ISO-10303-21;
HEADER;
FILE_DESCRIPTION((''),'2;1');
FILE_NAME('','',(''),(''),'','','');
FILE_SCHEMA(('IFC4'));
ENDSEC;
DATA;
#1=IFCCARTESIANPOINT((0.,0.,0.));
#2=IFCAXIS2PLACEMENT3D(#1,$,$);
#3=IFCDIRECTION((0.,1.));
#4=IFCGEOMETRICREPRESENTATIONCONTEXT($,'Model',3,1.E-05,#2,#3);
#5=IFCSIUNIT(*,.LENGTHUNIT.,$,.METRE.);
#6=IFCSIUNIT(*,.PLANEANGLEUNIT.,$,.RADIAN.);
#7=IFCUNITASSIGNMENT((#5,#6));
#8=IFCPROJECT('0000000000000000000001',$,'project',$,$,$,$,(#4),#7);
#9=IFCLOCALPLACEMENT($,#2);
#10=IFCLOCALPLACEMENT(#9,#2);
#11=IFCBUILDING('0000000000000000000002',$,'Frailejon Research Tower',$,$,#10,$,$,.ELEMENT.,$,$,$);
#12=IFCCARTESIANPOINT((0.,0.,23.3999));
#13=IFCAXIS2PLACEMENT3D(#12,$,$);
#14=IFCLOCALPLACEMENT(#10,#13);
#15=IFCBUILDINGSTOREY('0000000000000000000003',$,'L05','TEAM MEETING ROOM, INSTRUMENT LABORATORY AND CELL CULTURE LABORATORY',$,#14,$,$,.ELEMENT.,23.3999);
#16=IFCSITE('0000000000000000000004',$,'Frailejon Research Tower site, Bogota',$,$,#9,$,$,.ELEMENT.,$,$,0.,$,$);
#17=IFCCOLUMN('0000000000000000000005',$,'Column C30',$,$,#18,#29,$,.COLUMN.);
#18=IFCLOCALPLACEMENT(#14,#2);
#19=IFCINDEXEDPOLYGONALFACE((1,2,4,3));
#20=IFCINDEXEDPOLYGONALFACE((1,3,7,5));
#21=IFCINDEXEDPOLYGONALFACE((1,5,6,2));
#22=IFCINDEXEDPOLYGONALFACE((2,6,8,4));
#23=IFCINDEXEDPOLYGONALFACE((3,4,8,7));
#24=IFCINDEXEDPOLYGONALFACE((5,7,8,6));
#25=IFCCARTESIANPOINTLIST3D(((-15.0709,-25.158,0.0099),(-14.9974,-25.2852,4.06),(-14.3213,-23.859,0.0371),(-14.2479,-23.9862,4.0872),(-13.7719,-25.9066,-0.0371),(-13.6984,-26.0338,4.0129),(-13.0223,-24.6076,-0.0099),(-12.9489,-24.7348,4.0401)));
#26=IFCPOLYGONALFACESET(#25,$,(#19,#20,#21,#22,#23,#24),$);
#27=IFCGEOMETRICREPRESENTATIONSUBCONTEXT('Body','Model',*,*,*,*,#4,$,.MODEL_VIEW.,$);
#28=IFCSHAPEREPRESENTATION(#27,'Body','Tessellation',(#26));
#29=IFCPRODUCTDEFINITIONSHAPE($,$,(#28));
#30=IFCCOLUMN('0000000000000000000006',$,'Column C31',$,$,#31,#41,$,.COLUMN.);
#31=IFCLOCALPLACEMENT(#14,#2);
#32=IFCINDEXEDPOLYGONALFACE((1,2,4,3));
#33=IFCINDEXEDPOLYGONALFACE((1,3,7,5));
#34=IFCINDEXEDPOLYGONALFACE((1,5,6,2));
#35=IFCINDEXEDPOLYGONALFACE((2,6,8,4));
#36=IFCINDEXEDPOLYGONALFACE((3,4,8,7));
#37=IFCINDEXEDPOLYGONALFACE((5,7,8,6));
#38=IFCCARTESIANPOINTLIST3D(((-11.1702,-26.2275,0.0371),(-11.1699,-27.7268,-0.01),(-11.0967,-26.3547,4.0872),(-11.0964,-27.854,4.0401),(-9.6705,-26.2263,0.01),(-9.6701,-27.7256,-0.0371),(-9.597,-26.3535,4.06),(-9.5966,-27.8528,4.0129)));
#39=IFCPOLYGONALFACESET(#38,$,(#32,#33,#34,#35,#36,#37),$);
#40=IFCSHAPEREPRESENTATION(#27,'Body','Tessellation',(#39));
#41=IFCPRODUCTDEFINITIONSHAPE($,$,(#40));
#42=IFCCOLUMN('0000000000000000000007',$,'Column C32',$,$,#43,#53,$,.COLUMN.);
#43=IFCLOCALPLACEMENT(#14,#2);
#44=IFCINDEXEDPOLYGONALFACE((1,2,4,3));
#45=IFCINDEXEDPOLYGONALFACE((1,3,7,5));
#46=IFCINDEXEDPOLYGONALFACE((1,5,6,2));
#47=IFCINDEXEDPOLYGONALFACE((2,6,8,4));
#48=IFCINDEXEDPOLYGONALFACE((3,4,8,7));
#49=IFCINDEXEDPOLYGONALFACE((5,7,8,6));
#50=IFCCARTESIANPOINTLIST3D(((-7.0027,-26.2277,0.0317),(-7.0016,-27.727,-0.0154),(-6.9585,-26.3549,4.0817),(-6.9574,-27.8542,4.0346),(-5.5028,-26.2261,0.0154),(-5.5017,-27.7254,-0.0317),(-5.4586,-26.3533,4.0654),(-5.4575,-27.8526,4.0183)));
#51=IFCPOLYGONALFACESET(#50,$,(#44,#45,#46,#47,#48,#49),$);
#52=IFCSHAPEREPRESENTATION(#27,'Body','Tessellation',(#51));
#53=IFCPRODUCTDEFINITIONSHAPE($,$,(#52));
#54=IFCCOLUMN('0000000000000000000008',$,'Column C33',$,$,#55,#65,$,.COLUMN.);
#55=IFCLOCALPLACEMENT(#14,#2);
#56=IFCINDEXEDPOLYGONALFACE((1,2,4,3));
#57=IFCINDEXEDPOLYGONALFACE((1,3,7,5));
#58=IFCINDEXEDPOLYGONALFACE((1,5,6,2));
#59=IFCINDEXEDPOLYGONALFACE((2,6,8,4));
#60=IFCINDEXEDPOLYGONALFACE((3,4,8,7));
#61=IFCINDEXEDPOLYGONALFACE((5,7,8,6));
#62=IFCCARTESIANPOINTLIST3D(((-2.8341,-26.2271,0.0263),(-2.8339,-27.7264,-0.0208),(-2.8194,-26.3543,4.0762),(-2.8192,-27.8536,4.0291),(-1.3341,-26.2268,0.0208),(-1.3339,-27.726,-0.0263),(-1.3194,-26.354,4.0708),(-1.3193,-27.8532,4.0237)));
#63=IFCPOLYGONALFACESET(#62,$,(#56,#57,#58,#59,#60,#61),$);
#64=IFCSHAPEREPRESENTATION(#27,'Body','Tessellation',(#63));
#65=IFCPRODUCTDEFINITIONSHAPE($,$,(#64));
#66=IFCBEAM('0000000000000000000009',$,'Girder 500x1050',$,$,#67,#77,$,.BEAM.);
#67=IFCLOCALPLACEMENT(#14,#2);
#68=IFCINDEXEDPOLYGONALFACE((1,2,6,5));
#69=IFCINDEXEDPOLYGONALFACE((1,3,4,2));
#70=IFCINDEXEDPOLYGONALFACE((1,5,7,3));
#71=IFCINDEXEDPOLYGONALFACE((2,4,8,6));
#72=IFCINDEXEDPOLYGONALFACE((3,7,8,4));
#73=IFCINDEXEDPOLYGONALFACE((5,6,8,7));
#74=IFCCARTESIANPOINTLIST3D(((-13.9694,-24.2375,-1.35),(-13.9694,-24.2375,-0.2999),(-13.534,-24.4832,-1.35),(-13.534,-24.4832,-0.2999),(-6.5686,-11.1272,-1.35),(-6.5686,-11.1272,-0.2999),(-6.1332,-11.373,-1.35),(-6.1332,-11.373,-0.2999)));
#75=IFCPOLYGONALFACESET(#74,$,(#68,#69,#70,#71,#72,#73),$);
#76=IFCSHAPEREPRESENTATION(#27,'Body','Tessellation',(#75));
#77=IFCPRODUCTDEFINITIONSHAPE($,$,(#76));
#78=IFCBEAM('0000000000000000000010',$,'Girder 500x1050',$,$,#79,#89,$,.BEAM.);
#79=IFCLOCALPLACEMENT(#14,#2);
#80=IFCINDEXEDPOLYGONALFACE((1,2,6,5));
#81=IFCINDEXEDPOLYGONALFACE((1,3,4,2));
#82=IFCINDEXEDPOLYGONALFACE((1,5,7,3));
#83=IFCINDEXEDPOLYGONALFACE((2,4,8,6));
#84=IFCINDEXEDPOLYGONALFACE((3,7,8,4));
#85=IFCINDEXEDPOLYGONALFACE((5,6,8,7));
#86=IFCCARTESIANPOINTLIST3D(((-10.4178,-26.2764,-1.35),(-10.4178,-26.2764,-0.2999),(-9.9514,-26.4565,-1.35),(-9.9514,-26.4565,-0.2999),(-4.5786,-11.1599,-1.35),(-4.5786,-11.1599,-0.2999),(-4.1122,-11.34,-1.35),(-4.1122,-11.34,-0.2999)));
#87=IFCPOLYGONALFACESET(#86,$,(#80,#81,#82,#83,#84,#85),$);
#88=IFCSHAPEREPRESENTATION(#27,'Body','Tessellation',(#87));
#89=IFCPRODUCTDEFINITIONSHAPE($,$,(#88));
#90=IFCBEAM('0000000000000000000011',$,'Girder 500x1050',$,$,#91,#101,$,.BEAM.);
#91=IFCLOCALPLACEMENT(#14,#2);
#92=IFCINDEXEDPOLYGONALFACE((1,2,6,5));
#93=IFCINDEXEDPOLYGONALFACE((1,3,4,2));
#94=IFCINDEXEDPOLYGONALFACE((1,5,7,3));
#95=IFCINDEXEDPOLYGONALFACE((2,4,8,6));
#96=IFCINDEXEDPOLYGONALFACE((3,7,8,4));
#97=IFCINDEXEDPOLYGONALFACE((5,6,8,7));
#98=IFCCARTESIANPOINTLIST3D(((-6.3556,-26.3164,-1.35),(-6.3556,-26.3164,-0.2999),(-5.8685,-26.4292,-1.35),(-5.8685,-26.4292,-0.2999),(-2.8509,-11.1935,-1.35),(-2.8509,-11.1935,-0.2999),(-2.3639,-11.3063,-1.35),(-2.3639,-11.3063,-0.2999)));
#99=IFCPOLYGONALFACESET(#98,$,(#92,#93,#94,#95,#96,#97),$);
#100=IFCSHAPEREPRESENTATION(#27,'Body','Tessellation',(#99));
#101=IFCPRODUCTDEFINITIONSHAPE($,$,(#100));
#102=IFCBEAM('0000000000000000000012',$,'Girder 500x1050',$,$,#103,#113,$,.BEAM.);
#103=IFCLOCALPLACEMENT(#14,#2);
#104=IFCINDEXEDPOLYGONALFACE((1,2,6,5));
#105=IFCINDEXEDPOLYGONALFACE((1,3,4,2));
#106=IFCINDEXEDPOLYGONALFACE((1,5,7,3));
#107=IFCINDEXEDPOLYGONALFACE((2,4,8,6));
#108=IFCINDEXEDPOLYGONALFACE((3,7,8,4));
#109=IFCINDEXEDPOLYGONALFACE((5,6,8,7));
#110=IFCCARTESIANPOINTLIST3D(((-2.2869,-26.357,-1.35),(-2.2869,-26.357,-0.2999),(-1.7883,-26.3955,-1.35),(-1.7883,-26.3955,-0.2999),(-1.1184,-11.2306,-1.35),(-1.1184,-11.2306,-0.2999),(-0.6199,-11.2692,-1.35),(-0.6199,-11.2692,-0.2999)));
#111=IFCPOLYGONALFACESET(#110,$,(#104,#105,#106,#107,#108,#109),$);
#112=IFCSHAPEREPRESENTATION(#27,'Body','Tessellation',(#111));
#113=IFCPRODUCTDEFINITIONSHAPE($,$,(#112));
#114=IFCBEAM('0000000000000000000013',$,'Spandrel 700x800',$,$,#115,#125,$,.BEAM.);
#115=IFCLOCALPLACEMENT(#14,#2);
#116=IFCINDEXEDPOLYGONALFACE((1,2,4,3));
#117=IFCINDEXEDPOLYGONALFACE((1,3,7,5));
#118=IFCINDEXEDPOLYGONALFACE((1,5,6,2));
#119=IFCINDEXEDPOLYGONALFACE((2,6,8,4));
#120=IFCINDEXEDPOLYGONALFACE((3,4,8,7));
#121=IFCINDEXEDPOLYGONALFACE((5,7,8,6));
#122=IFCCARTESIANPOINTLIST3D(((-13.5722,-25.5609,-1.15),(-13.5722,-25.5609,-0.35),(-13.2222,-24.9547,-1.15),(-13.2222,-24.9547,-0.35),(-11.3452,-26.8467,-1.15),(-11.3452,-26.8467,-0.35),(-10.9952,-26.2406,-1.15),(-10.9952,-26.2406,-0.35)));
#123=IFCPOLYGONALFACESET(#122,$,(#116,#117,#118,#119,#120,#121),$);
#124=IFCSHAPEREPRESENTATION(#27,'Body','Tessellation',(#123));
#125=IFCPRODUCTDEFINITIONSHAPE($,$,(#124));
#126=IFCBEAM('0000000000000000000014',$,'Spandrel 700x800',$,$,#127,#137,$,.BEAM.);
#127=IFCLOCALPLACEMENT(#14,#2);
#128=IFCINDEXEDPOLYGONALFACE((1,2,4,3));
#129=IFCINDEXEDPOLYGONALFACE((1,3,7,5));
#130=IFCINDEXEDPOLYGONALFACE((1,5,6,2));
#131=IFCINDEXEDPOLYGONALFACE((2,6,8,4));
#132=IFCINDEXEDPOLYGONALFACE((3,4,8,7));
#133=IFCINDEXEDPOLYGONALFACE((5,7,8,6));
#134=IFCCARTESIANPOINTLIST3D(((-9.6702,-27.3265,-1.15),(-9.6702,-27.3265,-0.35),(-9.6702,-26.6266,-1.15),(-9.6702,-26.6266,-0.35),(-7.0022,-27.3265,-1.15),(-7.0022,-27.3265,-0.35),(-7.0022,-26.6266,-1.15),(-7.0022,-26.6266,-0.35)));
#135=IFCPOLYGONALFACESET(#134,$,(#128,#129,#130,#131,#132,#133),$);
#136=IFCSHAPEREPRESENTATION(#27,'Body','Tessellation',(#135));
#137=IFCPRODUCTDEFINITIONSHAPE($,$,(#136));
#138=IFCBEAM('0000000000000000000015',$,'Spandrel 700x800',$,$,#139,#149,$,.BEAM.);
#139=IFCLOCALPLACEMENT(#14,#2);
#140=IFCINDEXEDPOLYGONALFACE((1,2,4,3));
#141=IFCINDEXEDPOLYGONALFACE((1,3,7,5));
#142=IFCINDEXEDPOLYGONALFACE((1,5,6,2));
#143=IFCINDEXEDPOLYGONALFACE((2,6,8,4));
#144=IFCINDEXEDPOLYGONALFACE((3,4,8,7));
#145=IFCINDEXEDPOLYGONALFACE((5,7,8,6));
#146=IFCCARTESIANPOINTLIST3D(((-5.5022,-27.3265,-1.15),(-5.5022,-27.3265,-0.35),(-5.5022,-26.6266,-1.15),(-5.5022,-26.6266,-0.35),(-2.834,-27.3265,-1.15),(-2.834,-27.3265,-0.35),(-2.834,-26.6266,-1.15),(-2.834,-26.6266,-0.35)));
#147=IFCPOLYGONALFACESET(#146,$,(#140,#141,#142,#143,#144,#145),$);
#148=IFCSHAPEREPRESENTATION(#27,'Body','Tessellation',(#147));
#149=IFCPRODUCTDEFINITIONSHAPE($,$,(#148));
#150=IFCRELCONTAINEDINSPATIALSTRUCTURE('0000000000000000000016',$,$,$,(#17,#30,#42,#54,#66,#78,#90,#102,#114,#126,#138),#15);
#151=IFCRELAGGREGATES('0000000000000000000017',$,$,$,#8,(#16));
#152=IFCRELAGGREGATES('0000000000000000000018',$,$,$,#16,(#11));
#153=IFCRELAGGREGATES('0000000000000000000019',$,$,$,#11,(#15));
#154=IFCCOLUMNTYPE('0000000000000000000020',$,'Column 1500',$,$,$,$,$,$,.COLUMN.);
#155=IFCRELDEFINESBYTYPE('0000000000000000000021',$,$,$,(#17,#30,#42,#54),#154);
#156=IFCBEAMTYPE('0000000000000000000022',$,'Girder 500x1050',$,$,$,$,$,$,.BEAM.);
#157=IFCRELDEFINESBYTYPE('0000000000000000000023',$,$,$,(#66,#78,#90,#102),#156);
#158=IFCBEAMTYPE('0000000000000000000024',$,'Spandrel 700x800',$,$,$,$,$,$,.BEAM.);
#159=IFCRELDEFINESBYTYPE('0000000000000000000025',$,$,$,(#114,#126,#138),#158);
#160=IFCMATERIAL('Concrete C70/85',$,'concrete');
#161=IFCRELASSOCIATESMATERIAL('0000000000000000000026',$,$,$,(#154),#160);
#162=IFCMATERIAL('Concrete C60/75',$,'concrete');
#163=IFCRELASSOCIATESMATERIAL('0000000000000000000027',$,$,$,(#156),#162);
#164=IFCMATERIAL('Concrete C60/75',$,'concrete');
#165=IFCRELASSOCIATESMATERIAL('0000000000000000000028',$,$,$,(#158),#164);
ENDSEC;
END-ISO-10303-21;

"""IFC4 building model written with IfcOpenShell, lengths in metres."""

from ifc_helpers import new_model, si_unit, direction, frame, origin, origin_2d, place, context, subcontext, project, spatial, rectangle, extrude, material, material_profile, profile_set, type_object, element, save


model = new_model("IFC4")

# Units and contexts
model_context = context("Model", 3, precision=1e-05, world=origin(), true_north=direction((0.0, 1.0)))
body_context = subcontext(model_context, "Body", "Model", "MODEL_VIEW")
ifc_project = project(units=[si_unit("LENGTHUNIT", "METRE"), si_unit("PLANEANGLEUNIT", "RADIAN")], contexts=[model_context])

# Site, building, storey
site_placement = place(None, origin())
site = spatial("IfcSite", under=ifc_project, at=site_placement, Name="Frailejon Research Tower site, Bogota", CompositionType="ELEMENT", RefElevation=0.0)
building_placement = place(site_placement, origin())
building = spatial("IfcBuilding", under=site, at=building_placement, Name="Frailejon Research Tower", CompositionType="ELEMENT")
storey_placement = place(building_placement, frame((0.0, 0.0, 23.3999)))
storey = spatial("IfcBuildingStorey", under=building, at=storey_placement, Name="L05", Description="TEAM MEETING ROOM, INSTRUMENT LABORATORY AND CELL CULTURE LABORATORY", CompositionType="ELEMENT", Elevation=23.3999)

# Columns
ifc_material_1 = material(Name="Concrete C70/85", Category="concrete")
ifc_material_profile_1 = material_profile(ifc_material_1, rectangle(XDim=1.5, YDim=1.5, at=origin_2d()), Name="Column 1500")
ifc_profile_set_1 = profile_set([ifc_material_profile_1], Name="Concrete C70/85")
column_type = type_object("IfcColumnType", Name="Column 1500", PredefinedType="COLUMN", material=ifc_profile_set_1)
for number, where, z_axis, x_axis, name in (
    (1, (-14.0466, -24.8828, 0.0), (0.018133, -0.031386, 0.999343), (0.865999, -0.499059, -0.031387), "Column C30"),
    (2, (-10.4202, -26.9766, 0.0), (0.018133, -0.031386, 0.999343), (0.999836, 0.000802, -0.018116), "Column C31"),
):
    element("IfcColumn", number, at=place(storey_placement, frame(where, z_axis=z_axis, x_axis=x_axis)), inside=storey, type_object=column_type, Name=name, PredefinedType="COLUMN", context=body_context, shape_type="SweptSolid", body=[
        extrude(rectangle(XDim=1.5, YDim=1.5, at=origin_2d()), origin(), (0.0, 0.0, 1.0), 4.0527),
    ])
column_1_placement = place(storey_placement, frame((-6.2522, -26.9766, 0.0), z_axis=(0.010905, -0.031389, 0.999448), x_axis=(0.99994, 0.001064, -0.010877)))
element("IfcColumn", 3, at=column_1_placement, inside=storey, type_object=column_type, Name="Column C32", PredefinedType="COLUMN", context=body_context, shape_type="SweptSolid", body=[
    extrude(rectangle(XDim=1.5, YDim=1.5, at=origin_2d()), origin(), (0.0, 0.0, 1.0), 4.0522),
])
column_2_placement = place(storey_placement, frame((-2.084, -26.9766, 0.0), z_axis=(0.003615, -0.031391, 0.999501), x_axis=(0.999993, 0.000225, -0.00361)))
element("IfcColumn", 4, at=column_2_placement, inside=storey, type_object=column_type, Name="Column C33", PredefinedType="COLUMN", context=body_context, shape_type="SweptSolid", body=[
    extrude(rectangle(XDim=1.5, YDim=1.5, at=origin_2d()), origin(), (0.0, 0.0, 1.0), 4.052),
])

# Beams
ifc_material_2 = material(Name="Concrete C60/75", Category="concrete")
ifc_material_profile_2 = material_profile(ifc_material_2, rectangle(XDim=0.5, YDim=1.05, at=origin_2d()), Name="Girder 500x1050")
ifc_profile_set_2 = profile_set([ifc_material_profile_2], Name="Concrete C60/75")
beam_type_1 = type_object("IfcBeamType", Name="Girder 500x1050", PredefinedType="BEAM", material=ifc_profile_set_2)
beam_1_placement = place(storey_placement, frame((-13.7517, -24.3604, -0.825), z_axis=(0.491588, 0.870828, 0.0), x_axis=(-0.870828, 0.491588, 0.0)))
element("IfcBeam", 5, at=beam_1_placement, inside=storey, type_object=beam_type_1, Name="Girder 500x1050", PredefinedType="BEAM", context=body_context, shape_type="SweptSolid", body=[
    extrude(rectangle(XDim=0.5, YDim=1.05, at=origin_2d()), origin(), (0.0, 0.0, 1.0), 15.0549),
])
beam_2_placement = place(storey_placement, frame((-10.1846, -26.3665, -0.825), z_axis=(0.360327, 0.932826, 0.0), x_axis=(-0.932826, 0.360327, 0.0)))
element("IfcBeam", 6, at=beam_2_placement, inside=storey, type_object=beam_type_1, Name="Girder 500x1050", PredefinedType="BEAM", context=body_context, shape_type="SweptSolid", body=[
    extrude(rectangle(XDim=0.5, YDim=1.05, at=origin_2d()), origin(), (0.0, 0.0, 1.0), 16.2051),
])
beam_3_placement = place(storey_placement, frame((-6.1121, -26.3728, -0.825), z_axis=(0.225762, 0.974182, 0.0), x_axis=(-0.974182, 0.225762, 0.0)))
element("IfcBeam", 7, at=beam_3_placement, inside=storey, type_object=beam_type_1, Name="Girder 500x1050", PredefinedType="BEAM", context=body_context, shape_type="SweptSolid", body=[
    extrude(rectangle(XDim=0.5, YDim=1.05, at=origin_2d()), origin(), (0.0, 0.0, 1.0), 15.5237),
])
beam_4_placement = place(storey_placement, frame((-2.0376, -26.3762, -0.825), z_axis=(0.077018, 0.99703, 0.0), x_axis=(-0.99703, 0.077018, 0.0)))
element("IfcBeam", 8, at=beam_4_placement, inside=storey, type_object=beam_type_1, Name="Girder 500x1050", PredefinedType="BEAM", context=body_context, shape_type="SweptSolid", body=[
    extrude(rectangle(XDim=0.5, YDim=1.05, at=origin_2d()), origin(), (0.0, 0.0, 1.0), 15.1714),
])
ifc_material_3 = material(Name="Concrete C60/75", Category="concrete")
ifc_material_profile_3 = material_profile(ifc_material_3, rectangle(XDim=0.7, YDim=0.8, at=origin_2d()), Name="Spandrel 700x800")
ifc_profile_set_3 = profile_set([ifc_material_profile_3], Name="Concrete C60/75")
beam_type_2 = type_object("IfcBeamType", Name="Spandrel 700x800", PredefinedType="BEAM", material=ifc_profile_set_3)
beam_5_placement = place(storey_placement, frame((-13.3972, -25.2578, -0.75), z_axis=(0.866009, -0.500029, 0.0), x_axis=(0.500029, 0.866009, 0.0)))
element("IfcBeam", 9, at=beam_5_placement, inside=storey, type_object=beam_type_2, Name="Spandrel 700x800", PredefinedType="BEAM", context=body_context, shape_type="SweptSolid", body=[
    extrude(rectangle(XDim=0.7, YDim=0.8, at=origin_2d()), origin(), (0.0, 0.0, 1.0), 2.5715),
])
beam_6_placement = place(storey_placement, frame((-9.6702, -26.9766, -0.75), z_axis=(1.0, 0.0, 0.0), x_axis=(0.0, 1.0, 0.0)))
element("IfcBeam", 10, at=beam_6_placement, inside=storey, type_object=beam_type_2, Name="Spandrel 700x800", PredefinedType="BEAM", context=body_context, shape_type="SweptSolid", body=[
    extrude(rectangle(XDim=0.7, YDim=0.8, at=origin_2d()), origin(), (0.0, 0.0, 1.0), 2.668),
])
beam_7_placement = place(storey_placement, frame((-5.5022, -26.9766, -0.75), z_axis=(1.0, 0.0, 0.0), x_axis=(0.0, 1.0, 0.0)))
element("IfcBeam", 11, at=beam_7_placement, inside=storey, type_object=beam_type_2, Name="Spandrel 700x800", PredefinedType="BEAM", context=body_context, shape_type="SweptSolid", body=[
    extrude(rectangle(XDim=0.7, YDim=0.8, at=origin_2d()), origin(), (0.0, 0.0, 1.0), 2.6682),
])

save(model, "model.ifc")
